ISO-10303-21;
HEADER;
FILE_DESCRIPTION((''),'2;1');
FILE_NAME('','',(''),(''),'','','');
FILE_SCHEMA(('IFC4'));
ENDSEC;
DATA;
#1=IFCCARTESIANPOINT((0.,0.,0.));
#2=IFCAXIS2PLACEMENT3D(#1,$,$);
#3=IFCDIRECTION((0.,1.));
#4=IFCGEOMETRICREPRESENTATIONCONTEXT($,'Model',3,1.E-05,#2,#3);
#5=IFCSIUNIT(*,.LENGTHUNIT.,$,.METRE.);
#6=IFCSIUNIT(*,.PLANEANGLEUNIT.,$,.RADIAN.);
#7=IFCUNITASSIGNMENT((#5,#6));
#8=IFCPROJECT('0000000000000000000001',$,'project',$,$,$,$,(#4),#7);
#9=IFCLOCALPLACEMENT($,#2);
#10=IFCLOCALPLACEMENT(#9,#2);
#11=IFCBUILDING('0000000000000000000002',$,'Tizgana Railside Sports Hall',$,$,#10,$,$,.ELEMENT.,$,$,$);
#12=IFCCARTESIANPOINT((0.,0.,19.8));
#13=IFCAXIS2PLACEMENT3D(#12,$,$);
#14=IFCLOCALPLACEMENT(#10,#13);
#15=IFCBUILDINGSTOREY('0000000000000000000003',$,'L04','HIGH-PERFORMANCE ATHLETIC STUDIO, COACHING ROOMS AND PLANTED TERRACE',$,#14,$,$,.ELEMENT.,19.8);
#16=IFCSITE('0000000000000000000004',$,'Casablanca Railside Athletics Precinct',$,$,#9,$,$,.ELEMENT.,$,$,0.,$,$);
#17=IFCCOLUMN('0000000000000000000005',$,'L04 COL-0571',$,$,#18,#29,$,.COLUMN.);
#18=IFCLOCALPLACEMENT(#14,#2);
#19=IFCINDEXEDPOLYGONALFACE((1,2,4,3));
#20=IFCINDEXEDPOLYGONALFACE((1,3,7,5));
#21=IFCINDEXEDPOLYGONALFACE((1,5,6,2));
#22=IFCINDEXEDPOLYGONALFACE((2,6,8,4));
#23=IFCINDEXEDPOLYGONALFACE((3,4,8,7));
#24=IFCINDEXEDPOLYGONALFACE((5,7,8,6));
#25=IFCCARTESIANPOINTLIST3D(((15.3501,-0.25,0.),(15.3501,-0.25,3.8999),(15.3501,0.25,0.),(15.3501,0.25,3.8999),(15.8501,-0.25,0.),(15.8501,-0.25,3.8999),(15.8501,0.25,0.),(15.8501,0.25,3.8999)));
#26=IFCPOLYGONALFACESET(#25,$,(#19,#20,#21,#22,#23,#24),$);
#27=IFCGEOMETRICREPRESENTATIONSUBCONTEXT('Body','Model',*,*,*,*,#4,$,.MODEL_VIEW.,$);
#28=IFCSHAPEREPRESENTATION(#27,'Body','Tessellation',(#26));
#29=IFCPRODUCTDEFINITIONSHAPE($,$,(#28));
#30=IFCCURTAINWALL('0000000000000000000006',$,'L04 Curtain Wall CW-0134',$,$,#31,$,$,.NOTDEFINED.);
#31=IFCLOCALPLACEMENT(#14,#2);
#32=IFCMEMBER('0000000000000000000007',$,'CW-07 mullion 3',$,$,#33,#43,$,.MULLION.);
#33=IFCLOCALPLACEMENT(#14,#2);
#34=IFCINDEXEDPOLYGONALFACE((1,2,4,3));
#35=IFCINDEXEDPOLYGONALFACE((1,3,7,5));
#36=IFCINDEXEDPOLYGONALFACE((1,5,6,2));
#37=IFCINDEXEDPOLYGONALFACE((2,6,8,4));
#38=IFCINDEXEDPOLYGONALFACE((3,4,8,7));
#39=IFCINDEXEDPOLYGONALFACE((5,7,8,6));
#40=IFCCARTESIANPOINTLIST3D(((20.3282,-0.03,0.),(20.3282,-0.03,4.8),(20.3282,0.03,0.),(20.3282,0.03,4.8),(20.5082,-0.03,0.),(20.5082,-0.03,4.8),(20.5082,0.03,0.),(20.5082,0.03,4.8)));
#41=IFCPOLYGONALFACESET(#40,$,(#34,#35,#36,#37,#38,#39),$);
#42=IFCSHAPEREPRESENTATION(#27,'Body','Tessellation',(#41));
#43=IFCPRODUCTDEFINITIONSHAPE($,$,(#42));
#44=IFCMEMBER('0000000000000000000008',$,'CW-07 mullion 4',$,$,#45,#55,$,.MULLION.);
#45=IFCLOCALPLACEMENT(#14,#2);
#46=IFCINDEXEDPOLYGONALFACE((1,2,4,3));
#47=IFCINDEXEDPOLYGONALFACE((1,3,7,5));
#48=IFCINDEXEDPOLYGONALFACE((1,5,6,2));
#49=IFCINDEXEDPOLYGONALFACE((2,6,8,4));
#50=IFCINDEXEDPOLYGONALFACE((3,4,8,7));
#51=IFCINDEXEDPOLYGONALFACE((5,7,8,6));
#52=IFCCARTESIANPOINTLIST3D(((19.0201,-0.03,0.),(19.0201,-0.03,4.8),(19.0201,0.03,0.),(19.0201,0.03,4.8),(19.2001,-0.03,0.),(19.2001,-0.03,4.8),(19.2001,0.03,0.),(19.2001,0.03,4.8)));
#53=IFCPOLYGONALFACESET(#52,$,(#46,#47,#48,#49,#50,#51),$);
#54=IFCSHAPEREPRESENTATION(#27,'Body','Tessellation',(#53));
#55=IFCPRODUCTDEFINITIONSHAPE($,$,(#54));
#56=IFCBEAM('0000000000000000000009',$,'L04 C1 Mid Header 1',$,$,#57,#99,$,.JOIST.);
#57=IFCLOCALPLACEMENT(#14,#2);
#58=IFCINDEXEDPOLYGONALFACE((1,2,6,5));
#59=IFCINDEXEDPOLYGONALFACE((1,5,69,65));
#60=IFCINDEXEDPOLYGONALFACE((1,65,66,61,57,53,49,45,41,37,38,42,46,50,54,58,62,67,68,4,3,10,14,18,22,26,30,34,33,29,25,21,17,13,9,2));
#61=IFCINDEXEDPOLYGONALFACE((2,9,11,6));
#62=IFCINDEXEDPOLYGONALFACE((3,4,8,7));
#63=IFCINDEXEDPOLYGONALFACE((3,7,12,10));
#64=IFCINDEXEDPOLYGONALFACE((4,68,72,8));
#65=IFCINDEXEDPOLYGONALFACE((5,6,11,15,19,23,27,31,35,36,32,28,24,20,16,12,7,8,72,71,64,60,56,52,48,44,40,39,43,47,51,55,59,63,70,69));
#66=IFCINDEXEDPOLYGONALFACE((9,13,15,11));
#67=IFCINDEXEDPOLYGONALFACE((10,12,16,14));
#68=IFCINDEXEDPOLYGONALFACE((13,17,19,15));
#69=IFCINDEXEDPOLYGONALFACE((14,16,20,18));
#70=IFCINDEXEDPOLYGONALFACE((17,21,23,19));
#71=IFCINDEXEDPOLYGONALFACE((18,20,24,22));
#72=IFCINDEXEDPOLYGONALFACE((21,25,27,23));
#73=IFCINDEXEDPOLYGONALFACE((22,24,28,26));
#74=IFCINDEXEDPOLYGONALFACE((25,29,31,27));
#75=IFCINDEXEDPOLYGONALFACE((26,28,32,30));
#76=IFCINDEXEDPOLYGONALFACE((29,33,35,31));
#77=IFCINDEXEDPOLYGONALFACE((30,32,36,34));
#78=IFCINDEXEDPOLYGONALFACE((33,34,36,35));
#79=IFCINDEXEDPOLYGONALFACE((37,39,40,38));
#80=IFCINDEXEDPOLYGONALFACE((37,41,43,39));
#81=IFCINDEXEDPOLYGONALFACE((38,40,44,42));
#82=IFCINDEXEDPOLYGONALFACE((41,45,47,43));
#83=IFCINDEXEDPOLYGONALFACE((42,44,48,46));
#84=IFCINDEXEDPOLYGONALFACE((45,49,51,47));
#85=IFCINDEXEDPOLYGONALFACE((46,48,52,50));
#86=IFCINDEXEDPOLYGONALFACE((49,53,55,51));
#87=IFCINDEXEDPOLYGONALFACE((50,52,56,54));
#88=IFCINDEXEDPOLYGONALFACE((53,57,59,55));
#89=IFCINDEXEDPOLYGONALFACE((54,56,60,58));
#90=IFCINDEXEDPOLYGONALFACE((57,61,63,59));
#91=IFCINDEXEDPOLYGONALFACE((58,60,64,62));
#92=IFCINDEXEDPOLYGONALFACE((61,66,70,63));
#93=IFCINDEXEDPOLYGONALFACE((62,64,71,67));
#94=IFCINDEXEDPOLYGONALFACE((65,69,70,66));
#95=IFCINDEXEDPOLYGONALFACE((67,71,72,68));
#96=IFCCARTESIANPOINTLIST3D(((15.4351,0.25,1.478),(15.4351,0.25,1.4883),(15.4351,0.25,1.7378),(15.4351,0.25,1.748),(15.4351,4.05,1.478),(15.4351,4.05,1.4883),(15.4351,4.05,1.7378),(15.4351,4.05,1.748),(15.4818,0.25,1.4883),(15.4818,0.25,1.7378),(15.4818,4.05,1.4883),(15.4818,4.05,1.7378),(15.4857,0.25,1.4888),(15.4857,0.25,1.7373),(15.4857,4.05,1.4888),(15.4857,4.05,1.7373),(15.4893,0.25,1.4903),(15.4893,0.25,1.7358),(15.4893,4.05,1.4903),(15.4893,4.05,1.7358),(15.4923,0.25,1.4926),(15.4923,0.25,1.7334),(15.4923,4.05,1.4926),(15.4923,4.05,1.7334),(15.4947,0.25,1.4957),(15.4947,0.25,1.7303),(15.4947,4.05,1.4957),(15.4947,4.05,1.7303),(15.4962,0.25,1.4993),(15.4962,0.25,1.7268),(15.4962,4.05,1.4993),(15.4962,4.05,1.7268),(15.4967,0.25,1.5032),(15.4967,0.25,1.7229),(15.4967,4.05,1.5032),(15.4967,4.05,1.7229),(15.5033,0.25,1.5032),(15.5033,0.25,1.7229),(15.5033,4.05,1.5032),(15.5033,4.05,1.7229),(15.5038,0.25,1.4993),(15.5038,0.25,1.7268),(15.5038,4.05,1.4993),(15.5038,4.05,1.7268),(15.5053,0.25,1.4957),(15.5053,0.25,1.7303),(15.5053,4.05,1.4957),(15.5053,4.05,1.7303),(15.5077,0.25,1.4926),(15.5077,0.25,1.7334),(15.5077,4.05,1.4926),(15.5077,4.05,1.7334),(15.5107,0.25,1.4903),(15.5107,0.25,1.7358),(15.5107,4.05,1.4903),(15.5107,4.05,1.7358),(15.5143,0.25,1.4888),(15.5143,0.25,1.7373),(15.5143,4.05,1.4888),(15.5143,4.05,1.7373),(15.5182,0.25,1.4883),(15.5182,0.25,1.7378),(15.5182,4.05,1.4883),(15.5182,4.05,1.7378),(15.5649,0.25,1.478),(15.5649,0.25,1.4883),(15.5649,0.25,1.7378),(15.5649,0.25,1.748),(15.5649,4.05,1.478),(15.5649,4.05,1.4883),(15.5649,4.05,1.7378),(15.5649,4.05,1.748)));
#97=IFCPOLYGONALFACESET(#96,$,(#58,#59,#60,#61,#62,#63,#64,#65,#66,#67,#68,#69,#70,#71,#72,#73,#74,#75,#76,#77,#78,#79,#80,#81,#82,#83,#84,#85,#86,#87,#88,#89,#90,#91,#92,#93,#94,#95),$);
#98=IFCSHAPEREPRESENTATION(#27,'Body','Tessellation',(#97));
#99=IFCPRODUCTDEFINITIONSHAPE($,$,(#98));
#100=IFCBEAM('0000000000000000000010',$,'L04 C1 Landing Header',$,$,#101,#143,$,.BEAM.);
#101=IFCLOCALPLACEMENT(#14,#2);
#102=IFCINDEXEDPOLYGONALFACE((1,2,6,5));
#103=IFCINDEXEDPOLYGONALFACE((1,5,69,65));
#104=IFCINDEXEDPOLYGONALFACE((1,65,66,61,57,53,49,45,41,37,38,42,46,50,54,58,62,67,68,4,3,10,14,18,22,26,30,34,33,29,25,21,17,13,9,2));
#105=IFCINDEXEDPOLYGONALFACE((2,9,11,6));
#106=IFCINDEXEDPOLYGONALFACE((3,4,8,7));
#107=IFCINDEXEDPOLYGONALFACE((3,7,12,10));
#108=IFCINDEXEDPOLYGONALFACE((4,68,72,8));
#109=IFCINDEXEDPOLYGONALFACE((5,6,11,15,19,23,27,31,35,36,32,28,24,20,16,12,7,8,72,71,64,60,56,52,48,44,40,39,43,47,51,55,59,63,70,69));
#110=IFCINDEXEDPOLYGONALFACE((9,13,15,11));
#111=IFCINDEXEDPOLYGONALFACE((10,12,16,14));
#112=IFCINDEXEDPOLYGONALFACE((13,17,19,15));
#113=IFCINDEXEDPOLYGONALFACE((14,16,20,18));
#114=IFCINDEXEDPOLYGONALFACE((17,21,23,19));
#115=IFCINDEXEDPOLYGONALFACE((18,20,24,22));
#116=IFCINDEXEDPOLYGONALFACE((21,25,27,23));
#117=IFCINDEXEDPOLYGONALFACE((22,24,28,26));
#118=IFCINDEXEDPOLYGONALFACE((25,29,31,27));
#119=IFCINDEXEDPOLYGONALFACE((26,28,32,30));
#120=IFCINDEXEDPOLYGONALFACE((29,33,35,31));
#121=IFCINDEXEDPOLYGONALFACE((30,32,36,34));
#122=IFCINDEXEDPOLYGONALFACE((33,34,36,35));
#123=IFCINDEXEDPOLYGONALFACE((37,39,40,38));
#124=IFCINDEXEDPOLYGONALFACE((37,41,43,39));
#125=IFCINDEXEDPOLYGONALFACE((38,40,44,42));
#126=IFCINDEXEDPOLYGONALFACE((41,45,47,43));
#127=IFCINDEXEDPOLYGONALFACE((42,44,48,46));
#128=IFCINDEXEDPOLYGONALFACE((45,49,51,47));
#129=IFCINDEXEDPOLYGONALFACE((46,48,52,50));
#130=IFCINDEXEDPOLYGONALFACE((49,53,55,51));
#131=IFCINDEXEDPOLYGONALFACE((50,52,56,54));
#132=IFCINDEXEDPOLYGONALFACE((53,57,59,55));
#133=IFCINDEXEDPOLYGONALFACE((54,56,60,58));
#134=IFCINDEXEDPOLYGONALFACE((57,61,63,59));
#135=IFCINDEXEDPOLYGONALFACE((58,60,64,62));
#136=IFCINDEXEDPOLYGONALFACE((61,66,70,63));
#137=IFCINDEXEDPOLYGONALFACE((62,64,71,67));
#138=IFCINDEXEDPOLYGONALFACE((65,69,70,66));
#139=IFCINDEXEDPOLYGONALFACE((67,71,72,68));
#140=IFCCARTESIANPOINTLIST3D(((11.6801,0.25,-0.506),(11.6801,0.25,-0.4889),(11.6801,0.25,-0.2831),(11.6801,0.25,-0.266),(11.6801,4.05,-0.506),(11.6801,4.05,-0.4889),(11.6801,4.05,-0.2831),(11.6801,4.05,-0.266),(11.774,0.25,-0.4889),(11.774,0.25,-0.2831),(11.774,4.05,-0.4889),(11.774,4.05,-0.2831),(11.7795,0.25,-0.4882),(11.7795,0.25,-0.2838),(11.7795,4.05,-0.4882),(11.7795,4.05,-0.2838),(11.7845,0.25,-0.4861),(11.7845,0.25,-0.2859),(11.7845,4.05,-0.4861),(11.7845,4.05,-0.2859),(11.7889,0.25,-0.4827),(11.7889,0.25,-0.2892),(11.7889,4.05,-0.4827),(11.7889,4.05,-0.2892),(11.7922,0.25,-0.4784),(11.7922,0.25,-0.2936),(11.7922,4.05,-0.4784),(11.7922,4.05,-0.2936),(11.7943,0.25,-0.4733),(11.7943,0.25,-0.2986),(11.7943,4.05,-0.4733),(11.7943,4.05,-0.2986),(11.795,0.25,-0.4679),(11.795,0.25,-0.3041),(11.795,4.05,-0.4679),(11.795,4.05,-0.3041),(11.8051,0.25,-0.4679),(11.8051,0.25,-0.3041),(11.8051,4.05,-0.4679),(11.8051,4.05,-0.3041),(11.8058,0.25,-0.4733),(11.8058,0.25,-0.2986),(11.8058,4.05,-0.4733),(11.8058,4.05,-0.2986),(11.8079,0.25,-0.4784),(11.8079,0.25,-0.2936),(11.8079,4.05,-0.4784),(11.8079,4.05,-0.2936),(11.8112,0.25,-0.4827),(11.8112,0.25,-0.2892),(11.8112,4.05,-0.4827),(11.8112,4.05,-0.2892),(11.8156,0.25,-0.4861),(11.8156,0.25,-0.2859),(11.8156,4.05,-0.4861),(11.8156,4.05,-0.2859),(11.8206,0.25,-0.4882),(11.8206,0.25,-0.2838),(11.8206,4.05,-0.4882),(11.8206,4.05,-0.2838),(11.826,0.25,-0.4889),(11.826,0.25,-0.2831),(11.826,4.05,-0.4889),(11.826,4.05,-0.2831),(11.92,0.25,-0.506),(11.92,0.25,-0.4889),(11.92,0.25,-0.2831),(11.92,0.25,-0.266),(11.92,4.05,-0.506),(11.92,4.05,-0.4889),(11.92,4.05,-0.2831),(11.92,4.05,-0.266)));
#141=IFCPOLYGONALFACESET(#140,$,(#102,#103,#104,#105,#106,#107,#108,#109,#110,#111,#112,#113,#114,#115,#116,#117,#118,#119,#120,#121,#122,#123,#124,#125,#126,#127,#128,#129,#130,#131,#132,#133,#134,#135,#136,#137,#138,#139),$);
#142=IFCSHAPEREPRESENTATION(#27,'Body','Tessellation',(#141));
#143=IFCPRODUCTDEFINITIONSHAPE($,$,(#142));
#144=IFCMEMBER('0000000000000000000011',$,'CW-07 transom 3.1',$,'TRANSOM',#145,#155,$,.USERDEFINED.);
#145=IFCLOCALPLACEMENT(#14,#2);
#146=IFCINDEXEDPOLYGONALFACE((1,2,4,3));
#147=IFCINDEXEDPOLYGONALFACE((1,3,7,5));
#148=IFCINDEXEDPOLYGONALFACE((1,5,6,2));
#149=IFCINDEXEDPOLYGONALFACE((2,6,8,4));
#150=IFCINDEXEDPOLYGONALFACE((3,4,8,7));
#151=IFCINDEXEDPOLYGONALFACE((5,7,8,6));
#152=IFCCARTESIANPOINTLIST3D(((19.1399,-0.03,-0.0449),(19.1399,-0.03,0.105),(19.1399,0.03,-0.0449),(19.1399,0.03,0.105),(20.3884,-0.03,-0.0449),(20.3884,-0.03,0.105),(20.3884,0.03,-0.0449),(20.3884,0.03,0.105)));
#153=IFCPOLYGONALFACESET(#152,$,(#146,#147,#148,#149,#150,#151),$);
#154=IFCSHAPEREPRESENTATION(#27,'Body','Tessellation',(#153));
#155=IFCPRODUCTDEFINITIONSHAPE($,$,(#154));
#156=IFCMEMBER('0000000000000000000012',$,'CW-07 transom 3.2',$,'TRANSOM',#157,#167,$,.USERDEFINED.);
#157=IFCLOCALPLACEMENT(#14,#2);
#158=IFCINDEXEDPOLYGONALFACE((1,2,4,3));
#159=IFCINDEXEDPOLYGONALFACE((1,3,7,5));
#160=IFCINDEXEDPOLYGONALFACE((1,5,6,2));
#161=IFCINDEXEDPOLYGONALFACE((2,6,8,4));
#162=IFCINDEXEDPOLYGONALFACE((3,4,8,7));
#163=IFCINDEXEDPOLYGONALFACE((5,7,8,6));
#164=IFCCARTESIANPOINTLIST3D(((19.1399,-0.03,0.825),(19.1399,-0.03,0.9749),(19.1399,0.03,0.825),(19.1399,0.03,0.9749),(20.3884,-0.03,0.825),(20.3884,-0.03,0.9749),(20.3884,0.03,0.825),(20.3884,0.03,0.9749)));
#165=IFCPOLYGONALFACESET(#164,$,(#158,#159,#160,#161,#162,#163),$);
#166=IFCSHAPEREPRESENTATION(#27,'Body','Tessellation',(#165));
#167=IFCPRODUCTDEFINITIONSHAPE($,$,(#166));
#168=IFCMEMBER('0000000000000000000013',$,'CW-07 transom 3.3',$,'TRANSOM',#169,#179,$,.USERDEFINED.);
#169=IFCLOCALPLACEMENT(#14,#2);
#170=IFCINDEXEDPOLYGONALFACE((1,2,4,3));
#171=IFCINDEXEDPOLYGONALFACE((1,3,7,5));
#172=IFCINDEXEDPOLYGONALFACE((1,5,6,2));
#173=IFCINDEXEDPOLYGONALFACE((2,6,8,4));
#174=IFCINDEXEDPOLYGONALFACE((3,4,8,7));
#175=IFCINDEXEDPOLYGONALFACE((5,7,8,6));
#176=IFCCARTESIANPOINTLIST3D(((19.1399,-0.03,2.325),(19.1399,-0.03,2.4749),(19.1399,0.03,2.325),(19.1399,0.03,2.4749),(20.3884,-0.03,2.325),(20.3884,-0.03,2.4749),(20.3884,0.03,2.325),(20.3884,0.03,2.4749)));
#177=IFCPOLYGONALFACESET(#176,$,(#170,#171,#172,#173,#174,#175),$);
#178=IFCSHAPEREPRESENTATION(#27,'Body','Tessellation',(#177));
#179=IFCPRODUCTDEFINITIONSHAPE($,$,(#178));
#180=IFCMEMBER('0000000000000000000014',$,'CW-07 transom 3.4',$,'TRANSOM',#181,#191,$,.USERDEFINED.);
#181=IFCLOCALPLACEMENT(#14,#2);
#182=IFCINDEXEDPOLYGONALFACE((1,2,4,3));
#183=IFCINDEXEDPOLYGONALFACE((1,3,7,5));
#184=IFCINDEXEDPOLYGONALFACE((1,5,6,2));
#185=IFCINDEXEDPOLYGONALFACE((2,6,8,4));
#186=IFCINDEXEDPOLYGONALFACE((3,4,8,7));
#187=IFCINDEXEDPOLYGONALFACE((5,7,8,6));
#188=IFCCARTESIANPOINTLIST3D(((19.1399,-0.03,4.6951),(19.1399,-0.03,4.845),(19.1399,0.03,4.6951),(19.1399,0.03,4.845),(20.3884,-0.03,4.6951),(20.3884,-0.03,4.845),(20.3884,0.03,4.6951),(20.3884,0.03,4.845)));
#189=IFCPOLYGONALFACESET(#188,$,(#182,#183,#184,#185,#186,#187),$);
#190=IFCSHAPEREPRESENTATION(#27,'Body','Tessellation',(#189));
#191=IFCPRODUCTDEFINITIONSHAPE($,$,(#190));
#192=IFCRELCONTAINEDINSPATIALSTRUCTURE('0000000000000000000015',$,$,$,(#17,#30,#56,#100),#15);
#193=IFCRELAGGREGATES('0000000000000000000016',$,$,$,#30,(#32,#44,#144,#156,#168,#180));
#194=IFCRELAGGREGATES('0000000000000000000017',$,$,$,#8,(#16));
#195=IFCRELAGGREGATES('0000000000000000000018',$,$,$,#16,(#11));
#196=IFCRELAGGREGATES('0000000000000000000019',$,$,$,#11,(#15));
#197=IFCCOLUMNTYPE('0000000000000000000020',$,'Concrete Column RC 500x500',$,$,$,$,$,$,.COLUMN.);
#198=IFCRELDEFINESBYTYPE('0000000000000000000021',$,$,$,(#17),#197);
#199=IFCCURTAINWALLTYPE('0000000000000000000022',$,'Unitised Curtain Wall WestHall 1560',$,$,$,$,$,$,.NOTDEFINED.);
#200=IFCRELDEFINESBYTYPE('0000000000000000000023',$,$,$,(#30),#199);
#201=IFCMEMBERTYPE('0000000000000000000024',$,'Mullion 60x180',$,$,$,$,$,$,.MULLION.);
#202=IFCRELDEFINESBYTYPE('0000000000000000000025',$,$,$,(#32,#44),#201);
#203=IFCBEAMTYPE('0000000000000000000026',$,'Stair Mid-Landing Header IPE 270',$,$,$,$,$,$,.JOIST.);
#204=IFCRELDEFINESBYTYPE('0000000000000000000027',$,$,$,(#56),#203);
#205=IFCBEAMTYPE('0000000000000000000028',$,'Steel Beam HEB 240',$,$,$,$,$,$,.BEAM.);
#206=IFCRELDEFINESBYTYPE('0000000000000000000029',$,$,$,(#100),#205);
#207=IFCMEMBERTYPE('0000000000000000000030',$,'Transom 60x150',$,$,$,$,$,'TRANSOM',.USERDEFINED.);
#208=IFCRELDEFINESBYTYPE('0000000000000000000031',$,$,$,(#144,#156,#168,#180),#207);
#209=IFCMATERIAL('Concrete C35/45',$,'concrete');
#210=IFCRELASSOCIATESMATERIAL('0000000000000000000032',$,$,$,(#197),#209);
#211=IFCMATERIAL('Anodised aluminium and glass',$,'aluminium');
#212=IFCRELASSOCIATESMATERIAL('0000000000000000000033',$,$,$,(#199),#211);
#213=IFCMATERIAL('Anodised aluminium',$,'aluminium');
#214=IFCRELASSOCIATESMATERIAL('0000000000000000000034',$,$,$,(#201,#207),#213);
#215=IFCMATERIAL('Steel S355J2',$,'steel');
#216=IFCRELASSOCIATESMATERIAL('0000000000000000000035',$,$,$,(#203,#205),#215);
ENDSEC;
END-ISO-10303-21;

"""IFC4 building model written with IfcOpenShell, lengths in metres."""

from ifc_helpers import new_model, si_unit, direction, frame, origin, origin_2d, place, context, subcontext, project, spatial, rectangle, i_section, extrude, material, material_profile, profile_set, type_object, element, aggregate, save


model = new_model("IFC4")

# Units and contexts
model_context = context("Model", 3, precision=1e-05, world=origin(), true_north=direction((0.0, 1.0)))
body_context = subcontext(model_context, "Body", "Model", "MODEL_VIEW")
ifc_project = project(units=[si_unit("LENGTHUNIT", "METRE"), si_unit("PLANEANGLEUNIT", "RADIAN")], contexts=[model_context])

# Site, building, storey
site_placement = place(None, origin())
site = spatial("IfcSite", under=ifc_project, at=site_placement, Name="Casablanca Railside Athletics Precinct", CompositionType="ELEMENT", RefElevation=0.0)
building_placement = place(site_placement, origin())
building = spatial("IfcBuilding", under=site, at=building_placement, Name="Tizgana Railside Sports Hall", CompositionType="ELEMENT")
storey_placement = place(building_placement, frame((0.0, 0.0, 19.8)))
storey = spatial("IfcBuildingStorey", under=building, at=storey_placement, Name="L04", Description="HIGH-PERFORMANCE ATHLETIC STUDIO, COACHING ROOMS AND PLANTED TERRACE", CompositionType="ELEMENT", Elevation=19.8)

# Column
ifc_material_1 = material(Name="Concrete C35/45", Category="concrete")
ifc_material_profile_1 = material_profile(ifc_material_1, rectangle(XDim=0.5, YDim=0.5, at=origin_2d()), Name="RC 500x500")
ifc_profile_set_1 = profile_set([ifc_material_profile_1], Name="Concrete C35/45")
column_type = type_object("IfcColumnType", Name="Concrete Column RC 500x500", PredefinedType="COLUMN", material=ifc_profile_set_1)
column_placement = place(storey_placement, frame((15.6001, 0.0, 0.0), z_axis=(0.0, 0.0, 1.0), x_axis=(1.0, 0.0, 0.0)))
element("IfcColumn", 1, at=column_placement, inside=storey, type_object=column_type, Name="L04 COL-0571", PredefinedType="COLUMN", context=body_context, shape_type="SweptSolid", body=[
    extrude(rectangle(XDim=0.5, YDim=0.5, at=origin_2d()), origin(), (0.0, 0.0, 1.0), 3.8999),
])

# Curtain wall, members
ifc_material_2 = material(Name="Anodised aluminium and glass", Category="aluminium")
curtain_wall_type = type_object("IfcCurtainWallType", Name="Unitised Curtain Wall WestHall 1560", PredefinedType="NOTDEFINED", material=ifc_material_2)
curtain_wall_placement = place(storey_placement, origin())
curtain_wall = element("IfcCurtainWall", 2, at=curtain_wall_placement, inside=storey, type_object=curtain_wall_type, Name="L04 Curtain Wall CW-0134", PredefinedType="NOTDEFINED")
ifc_material_3 = material(Name="Anodised aluminium", Category="aluminium")
ifc_material_profile_2 = material_profile(ifc_material_3, rectangle(XDim=0.0601, YDim=0.1799, at=origin_2d()), Name="Mullion 60x180")
ifc_profile_set_2 = profile_set([ifc_material_profile_2], Name="Anodised aluminium")
member_type_1 = type_object("IfcMemberType", Name="Mullion 60x180", PredefinedType="MULLION", material=ifc_profile_set_2)
member_1_placement = place(storey_placement, frame((20.4182, 0.0, 0.0), z_axis=(0.0, 0.0, 1.0), x_axis=(0.0, -1.0, 0.0)))
member_1 = element("IfcMember", 3, at=member_1_placement, type_object=member_type_1, Name="CW-07 mullion 3", PredefinedType="MULLION", context=body_context, shape_type="SweptSolid", body=[
    extrude(rectangle(XDim=0.0601, YDim=0.1799, at=origin_2d()), origin(), (0.0, 0.0, 1.0), 4.8),
])
member_2_placement = place(storey_placement, frame((19.1101, 0.0, 0.0), z_axis=(0.0, 0.0, 1.0), x_axis=(0.0, -1.0, 0.0)))
member_2 = element("IfcMember", 4, at=member_2_placement, type_object=member_type_1, Name="CW-07 mullion 4", PredefinedType="MULLION", context=body_context, shape_type="SweptSolid", body=[
    extrude(rectangle(XDim=0.0601, YDim=0.1799, at=origin_2d()), origin(), (0.0, 0.0, 1.0), 4.8),
])

# Beams
ifc_material_4 = material(Name="Steel S355J2", Category="steel")
ifc_material_profile_3 = material_profile(ifc_material_4, i_section(OverallWidth=0.1299, OverallDepth=0.27, WebThickness=0.0066, FlangeThickness=0.0103, FilletRadius=0.0149, at=origin_2d()), Name="IPE 270")
ifc_profile_set_3 = profile_set([ifc_material_profile_3], Name="Steel S355J2")
beam_type_1 = type_object("IfcBeamType", Name="Stair Mid-Landing Header IPE 270", PredefinedType="JOIST", material=ifc_profile_set_3)
beam_1_placement = place(storey_placement, frame((15.5, 0.25, 1.613), z_axis=(0.0, 1.0, 0.0), x_axis=(-1.0, 0.0, 0.0)))
element("IfcBeam", 5, at=beam_1_placement, inside=storey, type_object=beam_type_1, Name="L04 C1 Mid Header 1", PredefinedType="JOIST", context=body_context, shape_type="SweptSolid", body=[
    extrude(i_section(OverallWidth=0.1299, OverallDepth=0.27, WebThickness=0.0066, FlangeThickness=0.0103, FilletRadius=0.0149, at=origin_2d()), origin(), (0.0, 0.0, 1.0), 3.8),
])
ifc_material_profile_4 = material_profile(ifc_material_4, i_section(OverallWidth=0.24, OverallDepth=0.24, WebThickness=0.01, FlangeThickness=0.0171, FilletRadius=0.021, at=origin_2d()), Name="HEB 240")
ifc_profile_set_4 = profile_set([ifc_material_profile_4], Name="Steel S355J2")
beam_type_2 = type_object("IfcBeamType", Name="Steel Beam HEB 240", PredefinedType="BEAM", material=ifc_profile_set_4)
beam_2_placement = place(storey_placement, frame((11.8, 0.25, -0.386), z_axis=(0.0, 1.0, 0.0), x_axis=(-1.0, 0.0, 0.0)))
element("IfcBeam", 6, at=beam_2_placement, inside=storey, type_object=beam_type_2, Name="L04 C1 Landing Header", PredefinedType="BEAM", context=body_context, shape_type="SweptSolid", body=[
    extrude(i_section(OverallWidth=0.24, OverallDepth=0.24, WebThickness=0.01, FlangeThickness=0.0171, FilletRadius=0.021, at=origin_2d()), origin(), (0.0, 0.0, 1.0), 3.8),
])

# Members
ifc_material_profile_5 = material_profile(ifc_material_3, rectangle(XDim=0.0601, YDim=0.1499, at=origin_2d()), Name="Transom 60x150")
ifc_profile_set_5 = profile_set([ifc_material_profile_5], Name="Anodised aluminium")
member_type_2 = type_object("IfcMemberType", Name="Transom 60x150", ElementType="TRANSOM", PredefinedType="USERDEFINED", material=ifc_profile_set_5)
member_3_placement = place(storey_placement, frame((20.3884, 0.0, 0.03), z_axis=(-1.0, 0.0, 0.0), x_axis=(0.0, -1.0, 0.0)))
member_3 = element("IfcMember", 7, at=member_3_placement, type_object=member_type_2, Name="CW-07 transom 3.1", ObjectType="TRANSOM", PredefinedType="USERDEFINED", context=body_context, shape_type="SweptSolid", body=[
    extrude(rectangle(XDim=0.0601, YDim=0.1499, at=origin_2d()), origin(), (0.0, 0.0, 1.0), 1.2485),
])
member_4_placement = place(storey_placement, frame((20.3884, 0.0, 0.8999), z_axis=(-1.0, 0.0, 0.0), x_axis=(0.0, -1.0, 0.0)))
member_4 = element("IfcMember", 8, at=member_4_placement, type_object=member_type_2, Name="CW-07 transom 3.2", ObjectType="TRANSOM", PredefinedType="USERDEFINED", context=body_context, shape_type="SweptSolid", body=[
    extrude(rectangle(XDim=0.0601, YDim=0.1499, at=origin_2d()), origin(), (0.0, 0.0, 1.0), 1.2485),
])
member_5_placement = place(storey_placement, frame((20.3884, 0.0, 2.3999), z_axis=(-1.0, 0.0, 0.0), x_axis=(0.0, -1.0, 0.0)))
member_5 = element("IfcMember", 9, at=member_5_placement, type_object=member_type_2, Name="CW-07 transom 3.3", ObjectType="TRANSOM", PredefinedType="USERDEFINED", context=body_context, shape_type="SweptSolid", body=[
    extrude(rectangle(XDim=0.0601, YDim=0.1499, at=origin_2d()), origin(), (0.0, 0.0, 1.0), 1.2485),
])
member_6_placement = place(storey_placement, frame((20.3884, 0.0, 4.77), z_axis=(-1.0, 0.0, 0.0), x_axis=(0.0, -1.0, 0.0)))
member_6 = element("IfcMember", 10, at=member_6_placement, type_object=member_type_2, Name="CW-07 transom 3.4", ObjectType="TRANSOM", PredefinedType="USERDEFINED", context=body_context, shape_type="SweptSolid", body=[
    extrude(rectangle(XDim=0.0601, YDim=0.1499, at=origin_2d()), origin(), (0.0, 0.0, 1.0), 1.2485),
])

aggregate(curtain_wall, [member_1, member_2, member_3, member_4, member_5, member_6])

save(model, "model.ifc")
